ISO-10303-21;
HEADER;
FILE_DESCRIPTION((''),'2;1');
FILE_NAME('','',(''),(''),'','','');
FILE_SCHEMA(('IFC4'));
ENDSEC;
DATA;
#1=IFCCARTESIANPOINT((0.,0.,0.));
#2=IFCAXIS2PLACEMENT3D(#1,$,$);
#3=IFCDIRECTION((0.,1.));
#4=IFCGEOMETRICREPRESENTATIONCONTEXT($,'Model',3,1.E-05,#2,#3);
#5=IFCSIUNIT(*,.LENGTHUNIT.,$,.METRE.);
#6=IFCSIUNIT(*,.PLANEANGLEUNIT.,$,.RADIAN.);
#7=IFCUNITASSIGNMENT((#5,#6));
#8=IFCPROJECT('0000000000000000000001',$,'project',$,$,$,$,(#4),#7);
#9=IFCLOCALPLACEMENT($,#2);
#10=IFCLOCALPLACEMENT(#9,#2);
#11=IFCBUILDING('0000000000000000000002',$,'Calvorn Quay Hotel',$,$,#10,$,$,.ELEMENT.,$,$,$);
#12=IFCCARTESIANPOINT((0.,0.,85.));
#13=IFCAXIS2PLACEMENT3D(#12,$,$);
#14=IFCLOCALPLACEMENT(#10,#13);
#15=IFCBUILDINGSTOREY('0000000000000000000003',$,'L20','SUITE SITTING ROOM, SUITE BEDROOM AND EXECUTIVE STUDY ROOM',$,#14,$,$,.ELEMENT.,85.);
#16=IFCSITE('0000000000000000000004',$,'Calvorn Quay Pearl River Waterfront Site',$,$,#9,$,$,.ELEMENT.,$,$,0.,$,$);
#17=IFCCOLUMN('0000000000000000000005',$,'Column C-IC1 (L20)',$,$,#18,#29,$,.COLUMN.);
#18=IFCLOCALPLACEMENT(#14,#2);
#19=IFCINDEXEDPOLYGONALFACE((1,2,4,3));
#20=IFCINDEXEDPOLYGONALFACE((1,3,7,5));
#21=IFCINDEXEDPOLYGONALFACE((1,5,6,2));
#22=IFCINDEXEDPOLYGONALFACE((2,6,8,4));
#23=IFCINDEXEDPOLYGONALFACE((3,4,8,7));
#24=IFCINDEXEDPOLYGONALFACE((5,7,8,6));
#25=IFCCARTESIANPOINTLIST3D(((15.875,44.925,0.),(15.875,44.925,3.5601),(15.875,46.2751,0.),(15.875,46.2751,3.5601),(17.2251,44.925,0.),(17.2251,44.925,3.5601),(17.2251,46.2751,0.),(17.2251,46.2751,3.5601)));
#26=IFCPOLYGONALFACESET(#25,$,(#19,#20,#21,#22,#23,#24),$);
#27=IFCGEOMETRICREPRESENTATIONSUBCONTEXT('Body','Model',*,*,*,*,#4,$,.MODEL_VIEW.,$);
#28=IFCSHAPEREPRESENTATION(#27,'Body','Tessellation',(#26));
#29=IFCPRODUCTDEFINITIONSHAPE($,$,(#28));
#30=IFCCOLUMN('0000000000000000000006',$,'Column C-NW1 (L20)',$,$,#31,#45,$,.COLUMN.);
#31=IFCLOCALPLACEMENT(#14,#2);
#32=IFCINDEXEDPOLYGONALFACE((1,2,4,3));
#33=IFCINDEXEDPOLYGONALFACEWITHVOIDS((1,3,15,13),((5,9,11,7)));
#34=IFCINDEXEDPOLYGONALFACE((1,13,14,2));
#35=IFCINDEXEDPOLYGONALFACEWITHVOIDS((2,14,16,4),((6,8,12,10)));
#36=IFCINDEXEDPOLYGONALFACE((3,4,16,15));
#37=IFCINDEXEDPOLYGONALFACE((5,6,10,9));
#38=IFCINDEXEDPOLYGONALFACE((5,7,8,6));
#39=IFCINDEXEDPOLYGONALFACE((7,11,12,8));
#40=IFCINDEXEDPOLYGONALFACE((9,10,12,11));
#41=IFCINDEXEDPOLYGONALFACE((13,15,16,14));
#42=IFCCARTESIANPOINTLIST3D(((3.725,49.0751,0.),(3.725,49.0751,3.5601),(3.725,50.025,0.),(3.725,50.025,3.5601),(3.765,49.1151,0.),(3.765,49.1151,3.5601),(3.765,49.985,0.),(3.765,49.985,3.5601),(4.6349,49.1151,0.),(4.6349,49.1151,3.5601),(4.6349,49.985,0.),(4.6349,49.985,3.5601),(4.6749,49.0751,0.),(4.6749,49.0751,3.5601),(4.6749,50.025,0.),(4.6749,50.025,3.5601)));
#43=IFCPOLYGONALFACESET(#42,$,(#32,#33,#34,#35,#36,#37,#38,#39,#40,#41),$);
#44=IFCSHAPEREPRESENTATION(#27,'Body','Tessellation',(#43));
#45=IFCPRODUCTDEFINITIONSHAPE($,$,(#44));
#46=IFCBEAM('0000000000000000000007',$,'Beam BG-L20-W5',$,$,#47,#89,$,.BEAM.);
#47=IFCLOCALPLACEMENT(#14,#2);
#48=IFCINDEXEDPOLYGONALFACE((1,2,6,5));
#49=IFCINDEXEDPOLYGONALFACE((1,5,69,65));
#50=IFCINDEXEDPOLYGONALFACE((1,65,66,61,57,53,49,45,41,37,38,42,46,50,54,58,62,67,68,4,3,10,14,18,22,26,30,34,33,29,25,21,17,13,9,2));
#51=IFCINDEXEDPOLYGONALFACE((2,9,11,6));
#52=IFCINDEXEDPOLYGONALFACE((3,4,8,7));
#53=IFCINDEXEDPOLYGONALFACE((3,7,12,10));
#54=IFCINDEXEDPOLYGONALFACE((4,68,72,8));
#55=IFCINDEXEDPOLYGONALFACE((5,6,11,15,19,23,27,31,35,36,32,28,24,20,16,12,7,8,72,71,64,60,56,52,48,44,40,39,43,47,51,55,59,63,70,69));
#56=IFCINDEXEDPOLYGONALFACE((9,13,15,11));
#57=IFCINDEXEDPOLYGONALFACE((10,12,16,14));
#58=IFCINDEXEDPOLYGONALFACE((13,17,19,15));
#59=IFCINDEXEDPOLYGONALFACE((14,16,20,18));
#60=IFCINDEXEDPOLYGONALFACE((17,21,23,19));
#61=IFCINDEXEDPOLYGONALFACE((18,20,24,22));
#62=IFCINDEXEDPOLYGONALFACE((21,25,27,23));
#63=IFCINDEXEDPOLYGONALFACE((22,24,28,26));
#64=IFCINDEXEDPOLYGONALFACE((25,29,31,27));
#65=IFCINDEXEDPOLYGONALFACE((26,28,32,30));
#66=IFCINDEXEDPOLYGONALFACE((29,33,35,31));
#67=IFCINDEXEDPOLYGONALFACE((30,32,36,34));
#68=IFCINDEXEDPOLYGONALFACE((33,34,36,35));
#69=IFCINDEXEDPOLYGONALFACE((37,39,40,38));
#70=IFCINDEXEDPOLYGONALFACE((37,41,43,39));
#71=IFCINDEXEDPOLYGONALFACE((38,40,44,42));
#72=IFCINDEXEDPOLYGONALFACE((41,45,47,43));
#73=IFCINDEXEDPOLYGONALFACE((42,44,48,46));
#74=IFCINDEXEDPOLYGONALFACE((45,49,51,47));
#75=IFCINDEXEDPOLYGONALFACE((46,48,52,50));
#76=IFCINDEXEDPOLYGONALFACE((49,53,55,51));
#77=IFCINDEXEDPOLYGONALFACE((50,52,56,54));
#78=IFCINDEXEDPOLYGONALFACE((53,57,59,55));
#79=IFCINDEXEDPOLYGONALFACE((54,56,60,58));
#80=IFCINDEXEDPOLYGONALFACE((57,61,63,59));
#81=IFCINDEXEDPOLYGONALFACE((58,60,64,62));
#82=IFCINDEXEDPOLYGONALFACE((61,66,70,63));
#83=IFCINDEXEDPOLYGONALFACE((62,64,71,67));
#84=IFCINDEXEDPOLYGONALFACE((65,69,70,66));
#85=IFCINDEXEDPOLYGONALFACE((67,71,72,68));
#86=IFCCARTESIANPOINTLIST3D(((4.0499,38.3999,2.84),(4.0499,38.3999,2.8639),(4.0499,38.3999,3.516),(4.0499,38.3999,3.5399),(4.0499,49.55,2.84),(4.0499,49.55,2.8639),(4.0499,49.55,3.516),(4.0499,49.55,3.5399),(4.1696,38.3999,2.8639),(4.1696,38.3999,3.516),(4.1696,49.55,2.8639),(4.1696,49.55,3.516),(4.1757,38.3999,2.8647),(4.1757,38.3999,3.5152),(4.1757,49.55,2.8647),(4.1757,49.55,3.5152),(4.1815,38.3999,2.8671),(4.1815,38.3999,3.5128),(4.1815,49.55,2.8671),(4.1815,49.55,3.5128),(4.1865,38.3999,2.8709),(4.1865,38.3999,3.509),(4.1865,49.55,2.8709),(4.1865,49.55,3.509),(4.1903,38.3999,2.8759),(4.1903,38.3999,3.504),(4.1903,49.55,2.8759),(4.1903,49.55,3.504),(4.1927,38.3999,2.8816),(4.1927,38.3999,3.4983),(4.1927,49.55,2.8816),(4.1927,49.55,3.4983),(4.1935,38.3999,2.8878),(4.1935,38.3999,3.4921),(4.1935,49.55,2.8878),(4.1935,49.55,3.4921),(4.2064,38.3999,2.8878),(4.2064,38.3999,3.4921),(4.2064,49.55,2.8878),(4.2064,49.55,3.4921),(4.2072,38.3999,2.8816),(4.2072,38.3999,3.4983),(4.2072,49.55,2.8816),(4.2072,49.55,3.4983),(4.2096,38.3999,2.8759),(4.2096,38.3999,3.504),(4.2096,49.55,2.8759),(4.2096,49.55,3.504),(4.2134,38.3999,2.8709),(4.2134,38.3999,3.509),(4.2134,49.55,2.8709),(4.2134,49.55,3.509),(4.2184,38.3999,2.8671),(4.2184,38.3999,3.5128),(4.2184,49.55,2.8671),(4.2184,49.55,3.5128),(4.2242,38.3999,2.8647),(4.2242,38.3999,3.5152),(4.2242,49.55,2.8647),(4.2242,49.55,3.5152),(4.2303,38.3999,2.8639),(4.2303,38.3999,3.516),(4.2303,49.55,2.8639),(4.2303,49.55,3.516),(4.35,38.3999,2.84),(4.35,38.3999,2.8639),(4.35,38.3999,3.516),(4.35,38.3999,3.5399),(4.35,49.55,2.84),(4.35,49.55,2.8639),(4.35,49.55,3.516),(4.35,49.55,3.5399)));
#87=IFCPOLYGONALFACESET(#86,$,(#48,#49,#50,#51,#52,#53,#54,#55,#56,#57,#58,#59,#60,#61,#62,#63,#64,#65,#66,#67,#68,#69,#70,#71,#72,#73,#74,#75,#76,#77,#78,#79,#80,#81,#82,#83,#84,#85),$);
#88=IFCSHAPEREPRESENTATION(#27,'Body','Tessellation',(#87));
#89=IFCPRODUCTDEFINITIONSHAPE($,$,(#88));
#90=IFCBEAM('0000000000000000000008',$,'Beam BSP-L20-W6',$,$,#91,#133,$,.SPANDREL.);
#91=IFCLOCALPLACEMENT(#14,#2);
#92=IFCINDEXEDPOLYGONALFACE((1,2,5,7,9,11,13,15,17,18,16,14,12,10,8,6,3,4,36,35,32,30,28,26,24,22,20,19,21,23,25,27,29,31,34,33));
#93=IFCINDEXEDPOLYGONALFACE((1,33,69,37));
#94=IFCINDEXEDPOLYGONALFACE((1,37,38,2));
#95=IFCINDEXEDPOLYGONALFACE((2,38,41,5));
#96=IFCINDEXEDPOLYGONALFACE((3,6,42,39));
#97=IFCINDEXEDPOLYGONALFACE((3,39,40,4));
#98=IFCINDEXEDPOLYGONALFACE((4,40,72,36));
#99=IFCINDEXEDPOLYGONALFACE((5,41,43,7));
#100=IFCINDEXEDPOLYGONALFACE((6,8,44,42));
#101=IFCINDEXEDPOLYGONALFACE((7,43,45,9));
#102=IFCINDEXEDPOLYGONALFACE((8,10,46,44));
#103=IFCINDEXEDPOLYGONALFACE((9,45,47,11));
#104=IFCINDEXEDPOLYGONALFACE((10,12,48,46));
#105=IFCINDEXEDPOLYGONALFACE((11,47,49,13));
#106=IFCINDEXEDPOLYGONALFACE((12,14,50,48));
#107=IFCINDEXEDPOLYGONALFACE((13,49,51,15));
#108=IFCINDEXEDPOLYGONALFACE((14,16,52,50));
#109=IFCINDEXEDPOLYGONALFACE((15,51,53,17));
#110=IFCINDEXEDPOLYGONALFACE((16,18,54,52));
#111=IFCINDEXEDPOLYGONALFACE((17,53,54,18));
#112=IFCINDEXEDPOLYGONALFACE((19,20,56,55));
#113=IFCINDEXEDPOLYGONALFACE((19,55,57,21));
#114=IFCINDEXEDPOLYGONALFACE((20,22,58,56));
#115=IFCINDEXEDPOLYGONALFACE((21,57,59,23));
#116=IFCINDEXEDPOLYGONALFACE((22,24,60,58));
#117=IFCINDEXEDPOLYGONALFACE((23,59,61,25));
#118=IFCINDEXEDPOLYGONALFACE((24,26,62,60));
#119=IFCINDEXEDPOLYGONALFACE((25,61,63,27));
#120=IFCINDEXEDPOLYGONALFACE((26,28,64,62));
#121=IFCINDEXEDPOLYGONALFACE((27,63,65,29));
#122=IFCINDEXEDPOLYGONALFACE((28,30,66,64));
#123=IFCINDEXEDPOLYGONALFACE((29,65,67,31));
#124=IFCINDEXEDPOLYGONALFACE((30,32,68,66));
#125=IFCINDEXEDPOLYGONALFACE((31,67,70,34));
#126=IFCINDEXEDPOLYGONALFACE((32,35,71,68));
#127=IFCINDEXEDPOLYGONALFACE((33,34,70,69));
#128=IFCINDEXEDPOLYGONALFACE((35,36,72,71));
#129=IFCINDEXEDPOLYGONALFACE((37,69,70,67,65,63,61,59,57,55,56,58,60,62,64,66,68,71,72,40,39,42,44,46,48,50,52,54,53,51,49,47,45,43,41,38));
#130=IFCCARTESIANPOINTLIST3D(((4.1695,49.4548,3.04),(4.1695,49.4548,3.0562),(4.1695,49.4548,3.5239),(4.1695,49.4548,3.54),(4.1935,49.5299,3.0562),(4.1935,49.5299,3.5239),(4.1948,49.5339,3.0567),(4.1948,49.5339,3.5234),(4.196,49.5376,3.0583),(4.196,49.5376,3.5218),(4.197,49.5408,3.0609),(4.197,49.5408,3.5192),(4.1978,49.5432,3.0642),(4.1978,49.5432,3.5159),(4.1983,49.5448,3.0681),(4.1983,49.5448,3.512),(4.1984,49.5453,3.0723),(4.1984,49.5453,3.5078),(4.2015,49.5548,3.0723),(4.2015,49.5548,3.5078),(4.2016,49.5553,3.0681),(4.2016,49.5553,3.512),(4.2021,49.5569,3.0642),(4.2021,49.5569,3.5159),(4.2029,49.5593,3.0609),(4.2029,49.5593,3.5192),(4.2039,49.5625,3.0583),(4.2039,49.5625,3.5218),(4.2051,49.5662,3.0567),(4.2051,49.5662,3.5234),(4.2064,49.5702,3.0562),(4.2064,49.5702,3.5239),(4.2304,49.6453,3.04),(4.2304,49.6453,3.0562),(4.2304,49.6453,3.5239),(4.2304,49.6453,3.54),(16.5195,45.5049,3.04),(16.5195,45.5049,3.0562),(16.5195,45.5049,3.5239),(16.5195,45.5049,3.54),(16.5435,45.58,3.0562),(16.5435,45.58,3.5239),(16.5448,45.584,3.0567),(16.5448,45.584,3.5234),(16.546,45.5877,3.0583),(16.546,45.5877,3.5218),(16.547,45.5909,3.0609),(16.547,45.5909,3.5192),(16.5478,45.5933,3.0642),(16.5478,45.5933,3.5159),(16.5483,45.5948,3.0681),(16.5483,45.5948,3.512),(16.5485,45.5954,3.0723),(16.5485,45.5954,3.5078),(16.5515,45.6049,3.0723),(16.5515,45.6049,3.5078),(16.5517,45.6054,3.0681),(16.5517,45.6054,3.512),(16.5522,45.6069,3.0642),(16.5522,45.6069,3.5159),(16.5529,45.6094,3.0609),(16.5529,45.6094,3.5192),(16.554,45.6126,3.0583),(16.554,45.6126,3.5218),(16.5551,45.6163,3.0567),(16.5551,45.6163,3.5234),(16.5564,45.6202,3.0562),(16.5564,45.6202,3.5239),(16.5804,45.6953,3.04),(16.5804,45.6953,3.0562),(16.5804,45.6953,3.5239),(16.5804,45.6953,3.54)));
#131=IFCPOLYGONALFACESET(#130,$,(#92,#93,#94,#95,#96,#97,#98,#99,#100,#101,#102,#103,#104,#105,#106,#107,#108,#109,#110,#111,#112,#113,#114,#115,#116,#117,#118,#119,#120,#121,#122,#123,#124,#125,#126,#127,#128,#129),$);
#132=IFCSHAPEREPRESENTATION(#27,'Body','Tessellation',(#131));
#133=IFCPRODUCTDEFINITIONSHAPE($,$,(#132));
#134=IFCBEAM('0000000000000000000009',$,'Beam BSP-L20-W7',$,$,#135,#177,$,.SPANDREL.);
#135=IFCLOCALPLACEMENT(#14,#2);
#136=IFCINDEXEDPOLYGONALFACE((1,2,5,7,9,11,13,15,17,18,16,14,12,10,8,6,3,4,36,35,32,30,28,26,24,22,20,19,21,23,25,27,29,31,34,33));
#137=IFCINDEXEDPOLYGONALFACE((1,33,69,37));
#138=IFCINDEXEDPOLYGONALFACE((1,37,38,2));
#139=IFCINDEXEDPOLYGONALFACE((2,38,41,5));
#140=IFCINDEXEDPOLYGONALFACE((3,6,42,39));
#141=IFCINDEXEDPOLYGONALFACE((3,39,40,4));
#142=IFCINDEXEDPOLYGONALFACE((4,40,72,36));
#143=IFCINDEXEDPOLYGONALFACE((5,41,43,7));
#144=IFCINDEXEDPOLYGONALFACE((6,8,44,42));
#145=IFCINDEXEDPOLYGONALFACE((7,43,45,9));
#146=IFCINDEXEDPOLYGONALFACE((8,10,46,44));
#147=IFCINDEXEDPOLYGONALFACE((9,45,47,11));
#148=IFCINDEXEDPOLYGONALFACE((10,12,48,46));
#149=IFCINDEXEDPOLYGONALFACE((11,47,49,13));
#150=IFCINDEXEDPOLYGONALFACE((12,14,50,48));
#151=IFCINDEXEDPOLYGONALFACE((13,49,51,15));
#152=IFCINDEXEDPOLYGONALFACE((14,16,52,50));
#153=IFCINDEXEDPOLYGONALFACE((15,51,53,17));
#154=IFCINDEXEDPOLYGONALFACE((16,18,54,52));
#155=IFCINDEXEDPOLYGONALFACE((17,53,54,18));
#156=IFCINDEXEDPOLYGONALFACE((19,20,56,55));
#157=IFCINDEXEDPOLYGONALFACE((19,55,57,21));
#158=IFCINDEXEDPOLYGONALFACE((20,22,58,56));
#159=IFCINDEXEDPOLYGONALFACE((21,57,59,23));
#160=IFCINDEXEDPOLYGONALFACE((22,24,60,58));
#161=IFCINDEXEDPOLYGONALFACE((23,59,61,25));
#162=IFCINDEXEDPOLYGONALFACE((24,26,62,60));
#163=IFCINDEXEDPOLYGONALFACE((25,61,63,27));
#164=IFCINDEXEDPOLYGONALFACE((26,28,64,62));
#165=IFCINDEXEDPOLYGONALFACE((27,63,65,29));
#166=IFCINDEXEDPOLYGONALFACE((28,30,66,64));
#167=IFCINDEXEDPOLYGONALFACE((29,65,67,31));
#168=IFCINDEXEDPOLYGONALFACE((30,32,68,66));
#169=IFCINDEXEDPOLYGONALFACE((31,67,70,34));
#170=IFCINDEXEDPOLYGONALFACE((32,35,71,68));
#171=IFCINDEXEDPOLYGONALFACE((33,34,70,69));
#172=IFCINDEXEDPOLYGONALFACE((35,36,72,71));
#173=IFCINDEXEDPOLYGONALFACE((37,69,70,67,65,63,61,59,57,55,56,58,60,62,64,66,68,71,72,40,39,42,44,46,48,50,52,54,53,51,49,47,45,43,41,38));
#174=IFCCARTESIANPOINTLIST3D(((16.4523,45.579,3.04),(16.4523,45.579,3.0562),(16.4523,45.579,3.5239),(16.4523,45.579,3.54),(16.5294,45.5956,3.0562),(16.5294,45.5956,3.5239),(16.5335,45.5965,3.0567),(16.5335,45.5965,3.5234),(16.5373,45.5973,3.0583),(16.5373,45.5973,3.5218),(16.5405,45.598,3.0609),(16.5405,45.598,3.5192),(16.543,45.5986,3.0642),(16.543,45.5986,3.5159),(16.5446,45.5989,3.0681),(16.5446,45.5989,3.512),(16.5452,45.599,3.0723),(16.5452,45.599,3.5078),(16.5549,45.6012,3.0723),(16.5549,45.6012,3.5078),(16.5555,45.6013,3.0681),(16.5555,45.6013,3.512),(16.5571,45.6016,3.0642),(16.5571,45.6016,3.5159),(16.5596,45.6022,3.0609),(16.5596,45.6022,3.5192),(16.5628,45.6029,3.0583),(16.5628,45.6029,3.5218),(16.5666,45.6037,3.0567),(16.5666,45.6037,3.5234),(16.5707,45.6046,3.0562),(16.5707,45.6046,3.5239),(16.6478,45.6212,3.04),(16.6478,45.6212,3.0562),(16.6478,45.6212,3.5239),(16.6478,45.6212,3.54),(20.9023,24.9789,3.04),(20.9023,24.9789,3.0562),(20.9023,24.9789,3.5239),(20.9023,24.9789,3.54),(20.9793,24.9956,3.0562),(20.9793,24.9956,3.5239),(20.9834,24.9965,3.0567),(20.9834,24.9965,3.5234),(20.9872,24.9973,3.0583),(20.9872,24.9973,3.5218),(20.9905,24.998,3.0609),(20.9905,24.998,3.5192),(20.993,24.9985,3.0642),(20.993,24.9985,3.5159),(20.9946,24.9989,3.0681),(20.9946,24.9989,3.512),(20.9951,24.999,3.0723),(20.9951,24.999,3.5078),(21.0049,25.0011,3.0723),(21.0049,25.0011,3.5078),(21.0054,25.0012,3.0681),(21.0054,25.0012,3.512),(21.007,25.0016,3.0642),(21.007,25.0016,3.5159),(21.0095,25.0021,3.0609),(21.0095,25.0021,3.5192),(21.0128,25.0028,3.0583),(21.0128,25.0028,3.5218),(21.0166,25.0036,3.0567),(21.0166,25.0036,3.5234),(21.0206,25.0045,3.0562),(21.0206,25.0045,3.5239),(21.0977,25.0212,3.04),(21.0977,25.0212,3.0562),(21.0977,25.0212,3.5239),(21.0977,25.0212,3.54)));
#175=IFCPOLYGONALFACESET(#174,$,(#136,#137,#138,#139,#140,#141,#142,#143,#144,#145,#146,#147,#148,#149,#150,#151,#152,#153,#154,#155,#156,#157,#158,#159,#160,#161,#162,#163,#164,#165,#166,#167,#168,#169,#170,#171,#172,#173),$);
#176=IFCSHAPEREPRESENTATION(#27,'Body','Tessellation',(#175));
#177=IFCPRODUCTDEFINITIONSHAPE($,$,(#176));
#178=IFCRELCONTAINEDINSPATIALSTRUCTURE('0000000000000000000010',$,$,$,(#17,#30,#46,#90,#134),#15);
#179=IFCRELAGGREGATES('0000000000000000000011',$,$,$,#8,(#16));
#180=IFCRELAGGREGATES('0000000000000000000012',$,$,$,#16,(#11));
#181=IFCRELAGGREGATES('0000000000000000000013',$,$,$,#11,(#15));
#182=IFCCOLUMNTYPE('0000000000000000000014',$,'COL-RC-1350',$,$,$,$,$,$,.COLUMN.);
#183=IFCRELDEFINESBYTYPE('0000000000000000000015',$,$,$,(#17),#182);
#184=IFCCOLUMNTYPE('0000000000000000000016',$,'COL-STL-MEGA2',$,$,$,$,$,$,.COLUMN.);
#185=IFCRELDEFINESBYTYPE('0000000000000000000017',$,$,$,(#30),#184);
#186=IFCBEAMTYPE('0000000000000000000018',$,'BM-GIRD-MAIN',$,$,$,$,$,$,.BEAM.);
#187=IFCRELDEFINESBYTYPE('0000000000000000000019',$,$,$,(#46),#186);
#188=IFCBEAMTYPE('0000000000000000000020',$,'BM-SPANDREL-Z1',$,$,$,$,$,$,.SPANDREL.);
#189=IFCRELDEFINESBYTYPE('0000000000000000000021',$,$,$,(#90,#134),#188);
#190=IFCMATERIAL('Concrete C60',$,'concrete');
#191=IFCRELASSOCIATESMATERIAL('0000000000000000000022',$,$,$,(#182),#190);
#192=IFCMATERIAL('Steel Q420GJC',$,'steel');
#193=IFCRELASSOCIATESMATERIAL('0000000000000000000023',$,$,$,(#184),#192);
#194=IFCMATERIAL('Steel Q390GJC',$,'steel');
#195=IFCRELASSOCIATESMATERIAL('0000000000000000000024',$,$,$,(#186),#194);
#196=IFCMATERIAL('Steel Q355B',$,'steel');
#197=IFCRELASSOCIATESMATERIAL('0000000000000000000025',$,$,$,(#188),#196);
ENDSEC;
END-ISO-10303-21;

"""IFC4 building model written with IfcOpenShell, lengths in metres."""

from ifc_helpers import new_model, si_unit, direction, frame, origin, origin_2d, place, context, subcontext, project, spatial, rectangle, hollow_rectangle, i_section, extrude, material, material_profile, profile_set, type_object, element, save


model = new_model("IFC4")

# Units and contexts
model_context = context("Model", 3, precision=1e-05, world=origin(), true_north=direction((0.0, 1.0)))
body_context = subcontext(model_context, "Body", "Model", "MODEL_VIEW")
ifc_project = project(units=[si_unit("LENGTHUNIT", "METRE"), si_unit("PLANEANGLEUNIT", "RADIAN")], contexts=[model_context])

# Site, building, storey
site_placement = place(None, origin())
site = spatial("IfcSite", under=ifc_project, at=site_placement, Name="Calvorn Quay Pearl River Waterfront Site", CompositionType="ELEMENT", RefElevation=0.0)
building_placement = place(site_placement, origin())
building = spatial("IfcBuilding", under=site, at=building_placement, Name="Calvorn Quay Hotel", CompositionType="ELEMENT")
storey_placement = place(building_placement, frame((0.0, 0.0, 85.0)))
storey = spatial("IfcBuildingStorey", under=building, at=storey_placement, Name="L20", Description="SUITE SITTING ROOM, SUITE BEDROOM AND EXECUTIVE STUDY ROOM", CompositionType="ELEMENT", Elevation=85.0)

# Columns
ifc_material_1 = material(Name="Concrete C60", Category="concrete")
ifc_material_profile_1 = material_profile(ifc_material_1, rectangle(XDim=1.3501, YDim=1.3501, at=origin_2d()), Name="RC1350x1350")
ifc_profile_set_1 = profile_set([ifc_material_profile_1], Name="Concrete C60")
column_type_1 = type_object("IfcColumnType", Name="COL-RC-1350", PredefinedType="COLUMN", material=ifc_profile_set_1)
column_1_placement = place(storey_placement, frame((16.55, 45.6001, 0.0), z_axis=(0.0, 0.0, 1.0), x_axis=(1.0, 0.0, 0.0)))
element("IfcColumn", 1, at=column_1_placement, inside=storey, type_object=column_type_1, Name="Column C-IC1 (L20)", PredefinedType="COLUMN", context=body_context, shape_type="SweptSolid", body=[
    extrude(rectangle(XDim=1.3501, YDim=1.3501, at=origin_2d()), origin(), (0.0, 0.0, 1.0), 3.5601),
])
ifc_material_2 = material(Name="Steel Q420GJC", Category="steel")
ifc_material_profile_2 = material_profile(ifc_material_2, hollow_rectangle(XDim=0.95, YDim=0.95, WallThickness=0.04, at=origin_2d()), Name="BOX950x950x40")
ifc_profile_set_2 = profile_set([ifc_material_profile_2], Name="Steel Q420GJC")
column_type_2 = type_object("IfcColumnType", Name="COL-STL-MEGA2", PredefinedType="COLUMN", material=ifc_profile_set_2)
column_2_placement = place(storey_placement, frame((4.2, 49.55, 0.0), z_axis=(0.0, 0.0, 1.0), x_axis=(1.0, 0.0, 0.0)))
element("IfcColumn", 2, at=column_2_placement, inside=storey, type_object=column_type_2, Name="Column C-NW1 (L20)", PredefinedType="COLUMN", context=body_context, shape_type="SweptSolid", body=[
    extrude(hollow_rectangle(XDim=0.95, YDim=0.95, WallThickness=0.04, at=origin_2d()), origin(), (0.0, 0.0, 1.0), 3.5601),
])

# Beams
ifc_material_3 = material(Name="Steel Q390GJC", Category="steel")
ifc_material_profile_3 = material_profile(ifc_material_3, i_section(OverallWidth=0.3, OverallDepth=0.7, WebThickness=0.0129, FlangeThickness=0.0239, FilletRadius=0.0239, at=origin_2d()), Name="HN700x300x13x24")
ifc_profile_set_3 = profile_set([ifc_material_profile_3], Name="Steel Q390GJC")
beam_type_1 = type_object("IfcBeamType", Name="BM-GIRD-MAIN", PredefinedType="BEAM", material=ifc_profile_set_3)
beam_1_placement = place(storey_placement, frame((4.2, 49.55, 3.1899), z_axis=(0.0, -1.0, 0.0), x_axis=(1.0, 0.0, 0.0)))
element("IfcBeam", 3, at=beam_1_placement, inside=storey, type_object=beam_type_1, Name="Beam BG-L20-W5", PredefinedType="BEAM", context=body_context, shape_type="SweptSolid", body=[
    extrude(i_section(OverallWidth=0.3, OverallDepth=0.7, WebThickness=0.0129, FlangeThickness=0.0239, FilletRadius=0.0239, at=origin_2d()), origin(), (0.0, 0.0, 1.0), 11.1501),
])
ifc_material_4 = material(Name="Steel Q355B", Category="steel")
ifc_material_profile_4 = material_profile(ifc_material_4, i_section(OverallWidth=0.2, OverallDepth=0.5, WebThickness=0.01, FlangeThickness=0.0161, FilletRadius=0.0161, at=origin_2d()), Name="HN500x200x10x16")
ifc_profile_set_4 = profile_set([ifc_material_profile_4], Name="Steel Q355B")
beam_type_2 = type_object("IfcBeamType", Name="BM-SPANDREL-Z1", PredefinedType="SPANDREL", material=ifc_profile_set_4)
beam_2_placement = place(storey_placement, frame((4.2, 49.55, 3.29), z_axis=(0.952471, -0.30463, 0.0), x_axis=(0.30463, 0.952471, 0.0)))
element("IfcBeam", 4, at=beam_2_placement, inside=storey, type_object=beam_type_2, Name="Beam BSP-L20-W6", PredefinedType="SPANDREL", context=body_context, shape_type="SweptSolid", body=[
    extrude(i_section(OverallWidth=0.2, OverallDepth=0.5, WebThickness=0.01, FlangeThickness=0.0161, FilletRadius=0.0161, at=origin_2d()), origin(), (0.0, 0.0, 1.0), 12.9663),
])
beam_3_placement = place(storey_placement, frame((16.55, 45.6001, 3.29), z_axis=(0.211146, -0.977455, 0.0), x_axis=(0.977455, 0.211146, 0.0)))
element("IfcBeam", 5, at=beam_3_placement, inside=storey, type_object=beam_type_2, Name="Beam BSP-L20-W7", PredefinedType="SPANDREL", context=body_context, shape_type="SweptSolid", body=[
    extrude(i_section(OverallWidth=0.2, OverallDepth=0.5, WebThickness=0.01, FlangeThickness=0.0161, FilletRadius=0.0161, at=origin_2d()), origin(), (0.0, 0.0, 1.0), 21.0752),
])

save(model, "model.ifc")
